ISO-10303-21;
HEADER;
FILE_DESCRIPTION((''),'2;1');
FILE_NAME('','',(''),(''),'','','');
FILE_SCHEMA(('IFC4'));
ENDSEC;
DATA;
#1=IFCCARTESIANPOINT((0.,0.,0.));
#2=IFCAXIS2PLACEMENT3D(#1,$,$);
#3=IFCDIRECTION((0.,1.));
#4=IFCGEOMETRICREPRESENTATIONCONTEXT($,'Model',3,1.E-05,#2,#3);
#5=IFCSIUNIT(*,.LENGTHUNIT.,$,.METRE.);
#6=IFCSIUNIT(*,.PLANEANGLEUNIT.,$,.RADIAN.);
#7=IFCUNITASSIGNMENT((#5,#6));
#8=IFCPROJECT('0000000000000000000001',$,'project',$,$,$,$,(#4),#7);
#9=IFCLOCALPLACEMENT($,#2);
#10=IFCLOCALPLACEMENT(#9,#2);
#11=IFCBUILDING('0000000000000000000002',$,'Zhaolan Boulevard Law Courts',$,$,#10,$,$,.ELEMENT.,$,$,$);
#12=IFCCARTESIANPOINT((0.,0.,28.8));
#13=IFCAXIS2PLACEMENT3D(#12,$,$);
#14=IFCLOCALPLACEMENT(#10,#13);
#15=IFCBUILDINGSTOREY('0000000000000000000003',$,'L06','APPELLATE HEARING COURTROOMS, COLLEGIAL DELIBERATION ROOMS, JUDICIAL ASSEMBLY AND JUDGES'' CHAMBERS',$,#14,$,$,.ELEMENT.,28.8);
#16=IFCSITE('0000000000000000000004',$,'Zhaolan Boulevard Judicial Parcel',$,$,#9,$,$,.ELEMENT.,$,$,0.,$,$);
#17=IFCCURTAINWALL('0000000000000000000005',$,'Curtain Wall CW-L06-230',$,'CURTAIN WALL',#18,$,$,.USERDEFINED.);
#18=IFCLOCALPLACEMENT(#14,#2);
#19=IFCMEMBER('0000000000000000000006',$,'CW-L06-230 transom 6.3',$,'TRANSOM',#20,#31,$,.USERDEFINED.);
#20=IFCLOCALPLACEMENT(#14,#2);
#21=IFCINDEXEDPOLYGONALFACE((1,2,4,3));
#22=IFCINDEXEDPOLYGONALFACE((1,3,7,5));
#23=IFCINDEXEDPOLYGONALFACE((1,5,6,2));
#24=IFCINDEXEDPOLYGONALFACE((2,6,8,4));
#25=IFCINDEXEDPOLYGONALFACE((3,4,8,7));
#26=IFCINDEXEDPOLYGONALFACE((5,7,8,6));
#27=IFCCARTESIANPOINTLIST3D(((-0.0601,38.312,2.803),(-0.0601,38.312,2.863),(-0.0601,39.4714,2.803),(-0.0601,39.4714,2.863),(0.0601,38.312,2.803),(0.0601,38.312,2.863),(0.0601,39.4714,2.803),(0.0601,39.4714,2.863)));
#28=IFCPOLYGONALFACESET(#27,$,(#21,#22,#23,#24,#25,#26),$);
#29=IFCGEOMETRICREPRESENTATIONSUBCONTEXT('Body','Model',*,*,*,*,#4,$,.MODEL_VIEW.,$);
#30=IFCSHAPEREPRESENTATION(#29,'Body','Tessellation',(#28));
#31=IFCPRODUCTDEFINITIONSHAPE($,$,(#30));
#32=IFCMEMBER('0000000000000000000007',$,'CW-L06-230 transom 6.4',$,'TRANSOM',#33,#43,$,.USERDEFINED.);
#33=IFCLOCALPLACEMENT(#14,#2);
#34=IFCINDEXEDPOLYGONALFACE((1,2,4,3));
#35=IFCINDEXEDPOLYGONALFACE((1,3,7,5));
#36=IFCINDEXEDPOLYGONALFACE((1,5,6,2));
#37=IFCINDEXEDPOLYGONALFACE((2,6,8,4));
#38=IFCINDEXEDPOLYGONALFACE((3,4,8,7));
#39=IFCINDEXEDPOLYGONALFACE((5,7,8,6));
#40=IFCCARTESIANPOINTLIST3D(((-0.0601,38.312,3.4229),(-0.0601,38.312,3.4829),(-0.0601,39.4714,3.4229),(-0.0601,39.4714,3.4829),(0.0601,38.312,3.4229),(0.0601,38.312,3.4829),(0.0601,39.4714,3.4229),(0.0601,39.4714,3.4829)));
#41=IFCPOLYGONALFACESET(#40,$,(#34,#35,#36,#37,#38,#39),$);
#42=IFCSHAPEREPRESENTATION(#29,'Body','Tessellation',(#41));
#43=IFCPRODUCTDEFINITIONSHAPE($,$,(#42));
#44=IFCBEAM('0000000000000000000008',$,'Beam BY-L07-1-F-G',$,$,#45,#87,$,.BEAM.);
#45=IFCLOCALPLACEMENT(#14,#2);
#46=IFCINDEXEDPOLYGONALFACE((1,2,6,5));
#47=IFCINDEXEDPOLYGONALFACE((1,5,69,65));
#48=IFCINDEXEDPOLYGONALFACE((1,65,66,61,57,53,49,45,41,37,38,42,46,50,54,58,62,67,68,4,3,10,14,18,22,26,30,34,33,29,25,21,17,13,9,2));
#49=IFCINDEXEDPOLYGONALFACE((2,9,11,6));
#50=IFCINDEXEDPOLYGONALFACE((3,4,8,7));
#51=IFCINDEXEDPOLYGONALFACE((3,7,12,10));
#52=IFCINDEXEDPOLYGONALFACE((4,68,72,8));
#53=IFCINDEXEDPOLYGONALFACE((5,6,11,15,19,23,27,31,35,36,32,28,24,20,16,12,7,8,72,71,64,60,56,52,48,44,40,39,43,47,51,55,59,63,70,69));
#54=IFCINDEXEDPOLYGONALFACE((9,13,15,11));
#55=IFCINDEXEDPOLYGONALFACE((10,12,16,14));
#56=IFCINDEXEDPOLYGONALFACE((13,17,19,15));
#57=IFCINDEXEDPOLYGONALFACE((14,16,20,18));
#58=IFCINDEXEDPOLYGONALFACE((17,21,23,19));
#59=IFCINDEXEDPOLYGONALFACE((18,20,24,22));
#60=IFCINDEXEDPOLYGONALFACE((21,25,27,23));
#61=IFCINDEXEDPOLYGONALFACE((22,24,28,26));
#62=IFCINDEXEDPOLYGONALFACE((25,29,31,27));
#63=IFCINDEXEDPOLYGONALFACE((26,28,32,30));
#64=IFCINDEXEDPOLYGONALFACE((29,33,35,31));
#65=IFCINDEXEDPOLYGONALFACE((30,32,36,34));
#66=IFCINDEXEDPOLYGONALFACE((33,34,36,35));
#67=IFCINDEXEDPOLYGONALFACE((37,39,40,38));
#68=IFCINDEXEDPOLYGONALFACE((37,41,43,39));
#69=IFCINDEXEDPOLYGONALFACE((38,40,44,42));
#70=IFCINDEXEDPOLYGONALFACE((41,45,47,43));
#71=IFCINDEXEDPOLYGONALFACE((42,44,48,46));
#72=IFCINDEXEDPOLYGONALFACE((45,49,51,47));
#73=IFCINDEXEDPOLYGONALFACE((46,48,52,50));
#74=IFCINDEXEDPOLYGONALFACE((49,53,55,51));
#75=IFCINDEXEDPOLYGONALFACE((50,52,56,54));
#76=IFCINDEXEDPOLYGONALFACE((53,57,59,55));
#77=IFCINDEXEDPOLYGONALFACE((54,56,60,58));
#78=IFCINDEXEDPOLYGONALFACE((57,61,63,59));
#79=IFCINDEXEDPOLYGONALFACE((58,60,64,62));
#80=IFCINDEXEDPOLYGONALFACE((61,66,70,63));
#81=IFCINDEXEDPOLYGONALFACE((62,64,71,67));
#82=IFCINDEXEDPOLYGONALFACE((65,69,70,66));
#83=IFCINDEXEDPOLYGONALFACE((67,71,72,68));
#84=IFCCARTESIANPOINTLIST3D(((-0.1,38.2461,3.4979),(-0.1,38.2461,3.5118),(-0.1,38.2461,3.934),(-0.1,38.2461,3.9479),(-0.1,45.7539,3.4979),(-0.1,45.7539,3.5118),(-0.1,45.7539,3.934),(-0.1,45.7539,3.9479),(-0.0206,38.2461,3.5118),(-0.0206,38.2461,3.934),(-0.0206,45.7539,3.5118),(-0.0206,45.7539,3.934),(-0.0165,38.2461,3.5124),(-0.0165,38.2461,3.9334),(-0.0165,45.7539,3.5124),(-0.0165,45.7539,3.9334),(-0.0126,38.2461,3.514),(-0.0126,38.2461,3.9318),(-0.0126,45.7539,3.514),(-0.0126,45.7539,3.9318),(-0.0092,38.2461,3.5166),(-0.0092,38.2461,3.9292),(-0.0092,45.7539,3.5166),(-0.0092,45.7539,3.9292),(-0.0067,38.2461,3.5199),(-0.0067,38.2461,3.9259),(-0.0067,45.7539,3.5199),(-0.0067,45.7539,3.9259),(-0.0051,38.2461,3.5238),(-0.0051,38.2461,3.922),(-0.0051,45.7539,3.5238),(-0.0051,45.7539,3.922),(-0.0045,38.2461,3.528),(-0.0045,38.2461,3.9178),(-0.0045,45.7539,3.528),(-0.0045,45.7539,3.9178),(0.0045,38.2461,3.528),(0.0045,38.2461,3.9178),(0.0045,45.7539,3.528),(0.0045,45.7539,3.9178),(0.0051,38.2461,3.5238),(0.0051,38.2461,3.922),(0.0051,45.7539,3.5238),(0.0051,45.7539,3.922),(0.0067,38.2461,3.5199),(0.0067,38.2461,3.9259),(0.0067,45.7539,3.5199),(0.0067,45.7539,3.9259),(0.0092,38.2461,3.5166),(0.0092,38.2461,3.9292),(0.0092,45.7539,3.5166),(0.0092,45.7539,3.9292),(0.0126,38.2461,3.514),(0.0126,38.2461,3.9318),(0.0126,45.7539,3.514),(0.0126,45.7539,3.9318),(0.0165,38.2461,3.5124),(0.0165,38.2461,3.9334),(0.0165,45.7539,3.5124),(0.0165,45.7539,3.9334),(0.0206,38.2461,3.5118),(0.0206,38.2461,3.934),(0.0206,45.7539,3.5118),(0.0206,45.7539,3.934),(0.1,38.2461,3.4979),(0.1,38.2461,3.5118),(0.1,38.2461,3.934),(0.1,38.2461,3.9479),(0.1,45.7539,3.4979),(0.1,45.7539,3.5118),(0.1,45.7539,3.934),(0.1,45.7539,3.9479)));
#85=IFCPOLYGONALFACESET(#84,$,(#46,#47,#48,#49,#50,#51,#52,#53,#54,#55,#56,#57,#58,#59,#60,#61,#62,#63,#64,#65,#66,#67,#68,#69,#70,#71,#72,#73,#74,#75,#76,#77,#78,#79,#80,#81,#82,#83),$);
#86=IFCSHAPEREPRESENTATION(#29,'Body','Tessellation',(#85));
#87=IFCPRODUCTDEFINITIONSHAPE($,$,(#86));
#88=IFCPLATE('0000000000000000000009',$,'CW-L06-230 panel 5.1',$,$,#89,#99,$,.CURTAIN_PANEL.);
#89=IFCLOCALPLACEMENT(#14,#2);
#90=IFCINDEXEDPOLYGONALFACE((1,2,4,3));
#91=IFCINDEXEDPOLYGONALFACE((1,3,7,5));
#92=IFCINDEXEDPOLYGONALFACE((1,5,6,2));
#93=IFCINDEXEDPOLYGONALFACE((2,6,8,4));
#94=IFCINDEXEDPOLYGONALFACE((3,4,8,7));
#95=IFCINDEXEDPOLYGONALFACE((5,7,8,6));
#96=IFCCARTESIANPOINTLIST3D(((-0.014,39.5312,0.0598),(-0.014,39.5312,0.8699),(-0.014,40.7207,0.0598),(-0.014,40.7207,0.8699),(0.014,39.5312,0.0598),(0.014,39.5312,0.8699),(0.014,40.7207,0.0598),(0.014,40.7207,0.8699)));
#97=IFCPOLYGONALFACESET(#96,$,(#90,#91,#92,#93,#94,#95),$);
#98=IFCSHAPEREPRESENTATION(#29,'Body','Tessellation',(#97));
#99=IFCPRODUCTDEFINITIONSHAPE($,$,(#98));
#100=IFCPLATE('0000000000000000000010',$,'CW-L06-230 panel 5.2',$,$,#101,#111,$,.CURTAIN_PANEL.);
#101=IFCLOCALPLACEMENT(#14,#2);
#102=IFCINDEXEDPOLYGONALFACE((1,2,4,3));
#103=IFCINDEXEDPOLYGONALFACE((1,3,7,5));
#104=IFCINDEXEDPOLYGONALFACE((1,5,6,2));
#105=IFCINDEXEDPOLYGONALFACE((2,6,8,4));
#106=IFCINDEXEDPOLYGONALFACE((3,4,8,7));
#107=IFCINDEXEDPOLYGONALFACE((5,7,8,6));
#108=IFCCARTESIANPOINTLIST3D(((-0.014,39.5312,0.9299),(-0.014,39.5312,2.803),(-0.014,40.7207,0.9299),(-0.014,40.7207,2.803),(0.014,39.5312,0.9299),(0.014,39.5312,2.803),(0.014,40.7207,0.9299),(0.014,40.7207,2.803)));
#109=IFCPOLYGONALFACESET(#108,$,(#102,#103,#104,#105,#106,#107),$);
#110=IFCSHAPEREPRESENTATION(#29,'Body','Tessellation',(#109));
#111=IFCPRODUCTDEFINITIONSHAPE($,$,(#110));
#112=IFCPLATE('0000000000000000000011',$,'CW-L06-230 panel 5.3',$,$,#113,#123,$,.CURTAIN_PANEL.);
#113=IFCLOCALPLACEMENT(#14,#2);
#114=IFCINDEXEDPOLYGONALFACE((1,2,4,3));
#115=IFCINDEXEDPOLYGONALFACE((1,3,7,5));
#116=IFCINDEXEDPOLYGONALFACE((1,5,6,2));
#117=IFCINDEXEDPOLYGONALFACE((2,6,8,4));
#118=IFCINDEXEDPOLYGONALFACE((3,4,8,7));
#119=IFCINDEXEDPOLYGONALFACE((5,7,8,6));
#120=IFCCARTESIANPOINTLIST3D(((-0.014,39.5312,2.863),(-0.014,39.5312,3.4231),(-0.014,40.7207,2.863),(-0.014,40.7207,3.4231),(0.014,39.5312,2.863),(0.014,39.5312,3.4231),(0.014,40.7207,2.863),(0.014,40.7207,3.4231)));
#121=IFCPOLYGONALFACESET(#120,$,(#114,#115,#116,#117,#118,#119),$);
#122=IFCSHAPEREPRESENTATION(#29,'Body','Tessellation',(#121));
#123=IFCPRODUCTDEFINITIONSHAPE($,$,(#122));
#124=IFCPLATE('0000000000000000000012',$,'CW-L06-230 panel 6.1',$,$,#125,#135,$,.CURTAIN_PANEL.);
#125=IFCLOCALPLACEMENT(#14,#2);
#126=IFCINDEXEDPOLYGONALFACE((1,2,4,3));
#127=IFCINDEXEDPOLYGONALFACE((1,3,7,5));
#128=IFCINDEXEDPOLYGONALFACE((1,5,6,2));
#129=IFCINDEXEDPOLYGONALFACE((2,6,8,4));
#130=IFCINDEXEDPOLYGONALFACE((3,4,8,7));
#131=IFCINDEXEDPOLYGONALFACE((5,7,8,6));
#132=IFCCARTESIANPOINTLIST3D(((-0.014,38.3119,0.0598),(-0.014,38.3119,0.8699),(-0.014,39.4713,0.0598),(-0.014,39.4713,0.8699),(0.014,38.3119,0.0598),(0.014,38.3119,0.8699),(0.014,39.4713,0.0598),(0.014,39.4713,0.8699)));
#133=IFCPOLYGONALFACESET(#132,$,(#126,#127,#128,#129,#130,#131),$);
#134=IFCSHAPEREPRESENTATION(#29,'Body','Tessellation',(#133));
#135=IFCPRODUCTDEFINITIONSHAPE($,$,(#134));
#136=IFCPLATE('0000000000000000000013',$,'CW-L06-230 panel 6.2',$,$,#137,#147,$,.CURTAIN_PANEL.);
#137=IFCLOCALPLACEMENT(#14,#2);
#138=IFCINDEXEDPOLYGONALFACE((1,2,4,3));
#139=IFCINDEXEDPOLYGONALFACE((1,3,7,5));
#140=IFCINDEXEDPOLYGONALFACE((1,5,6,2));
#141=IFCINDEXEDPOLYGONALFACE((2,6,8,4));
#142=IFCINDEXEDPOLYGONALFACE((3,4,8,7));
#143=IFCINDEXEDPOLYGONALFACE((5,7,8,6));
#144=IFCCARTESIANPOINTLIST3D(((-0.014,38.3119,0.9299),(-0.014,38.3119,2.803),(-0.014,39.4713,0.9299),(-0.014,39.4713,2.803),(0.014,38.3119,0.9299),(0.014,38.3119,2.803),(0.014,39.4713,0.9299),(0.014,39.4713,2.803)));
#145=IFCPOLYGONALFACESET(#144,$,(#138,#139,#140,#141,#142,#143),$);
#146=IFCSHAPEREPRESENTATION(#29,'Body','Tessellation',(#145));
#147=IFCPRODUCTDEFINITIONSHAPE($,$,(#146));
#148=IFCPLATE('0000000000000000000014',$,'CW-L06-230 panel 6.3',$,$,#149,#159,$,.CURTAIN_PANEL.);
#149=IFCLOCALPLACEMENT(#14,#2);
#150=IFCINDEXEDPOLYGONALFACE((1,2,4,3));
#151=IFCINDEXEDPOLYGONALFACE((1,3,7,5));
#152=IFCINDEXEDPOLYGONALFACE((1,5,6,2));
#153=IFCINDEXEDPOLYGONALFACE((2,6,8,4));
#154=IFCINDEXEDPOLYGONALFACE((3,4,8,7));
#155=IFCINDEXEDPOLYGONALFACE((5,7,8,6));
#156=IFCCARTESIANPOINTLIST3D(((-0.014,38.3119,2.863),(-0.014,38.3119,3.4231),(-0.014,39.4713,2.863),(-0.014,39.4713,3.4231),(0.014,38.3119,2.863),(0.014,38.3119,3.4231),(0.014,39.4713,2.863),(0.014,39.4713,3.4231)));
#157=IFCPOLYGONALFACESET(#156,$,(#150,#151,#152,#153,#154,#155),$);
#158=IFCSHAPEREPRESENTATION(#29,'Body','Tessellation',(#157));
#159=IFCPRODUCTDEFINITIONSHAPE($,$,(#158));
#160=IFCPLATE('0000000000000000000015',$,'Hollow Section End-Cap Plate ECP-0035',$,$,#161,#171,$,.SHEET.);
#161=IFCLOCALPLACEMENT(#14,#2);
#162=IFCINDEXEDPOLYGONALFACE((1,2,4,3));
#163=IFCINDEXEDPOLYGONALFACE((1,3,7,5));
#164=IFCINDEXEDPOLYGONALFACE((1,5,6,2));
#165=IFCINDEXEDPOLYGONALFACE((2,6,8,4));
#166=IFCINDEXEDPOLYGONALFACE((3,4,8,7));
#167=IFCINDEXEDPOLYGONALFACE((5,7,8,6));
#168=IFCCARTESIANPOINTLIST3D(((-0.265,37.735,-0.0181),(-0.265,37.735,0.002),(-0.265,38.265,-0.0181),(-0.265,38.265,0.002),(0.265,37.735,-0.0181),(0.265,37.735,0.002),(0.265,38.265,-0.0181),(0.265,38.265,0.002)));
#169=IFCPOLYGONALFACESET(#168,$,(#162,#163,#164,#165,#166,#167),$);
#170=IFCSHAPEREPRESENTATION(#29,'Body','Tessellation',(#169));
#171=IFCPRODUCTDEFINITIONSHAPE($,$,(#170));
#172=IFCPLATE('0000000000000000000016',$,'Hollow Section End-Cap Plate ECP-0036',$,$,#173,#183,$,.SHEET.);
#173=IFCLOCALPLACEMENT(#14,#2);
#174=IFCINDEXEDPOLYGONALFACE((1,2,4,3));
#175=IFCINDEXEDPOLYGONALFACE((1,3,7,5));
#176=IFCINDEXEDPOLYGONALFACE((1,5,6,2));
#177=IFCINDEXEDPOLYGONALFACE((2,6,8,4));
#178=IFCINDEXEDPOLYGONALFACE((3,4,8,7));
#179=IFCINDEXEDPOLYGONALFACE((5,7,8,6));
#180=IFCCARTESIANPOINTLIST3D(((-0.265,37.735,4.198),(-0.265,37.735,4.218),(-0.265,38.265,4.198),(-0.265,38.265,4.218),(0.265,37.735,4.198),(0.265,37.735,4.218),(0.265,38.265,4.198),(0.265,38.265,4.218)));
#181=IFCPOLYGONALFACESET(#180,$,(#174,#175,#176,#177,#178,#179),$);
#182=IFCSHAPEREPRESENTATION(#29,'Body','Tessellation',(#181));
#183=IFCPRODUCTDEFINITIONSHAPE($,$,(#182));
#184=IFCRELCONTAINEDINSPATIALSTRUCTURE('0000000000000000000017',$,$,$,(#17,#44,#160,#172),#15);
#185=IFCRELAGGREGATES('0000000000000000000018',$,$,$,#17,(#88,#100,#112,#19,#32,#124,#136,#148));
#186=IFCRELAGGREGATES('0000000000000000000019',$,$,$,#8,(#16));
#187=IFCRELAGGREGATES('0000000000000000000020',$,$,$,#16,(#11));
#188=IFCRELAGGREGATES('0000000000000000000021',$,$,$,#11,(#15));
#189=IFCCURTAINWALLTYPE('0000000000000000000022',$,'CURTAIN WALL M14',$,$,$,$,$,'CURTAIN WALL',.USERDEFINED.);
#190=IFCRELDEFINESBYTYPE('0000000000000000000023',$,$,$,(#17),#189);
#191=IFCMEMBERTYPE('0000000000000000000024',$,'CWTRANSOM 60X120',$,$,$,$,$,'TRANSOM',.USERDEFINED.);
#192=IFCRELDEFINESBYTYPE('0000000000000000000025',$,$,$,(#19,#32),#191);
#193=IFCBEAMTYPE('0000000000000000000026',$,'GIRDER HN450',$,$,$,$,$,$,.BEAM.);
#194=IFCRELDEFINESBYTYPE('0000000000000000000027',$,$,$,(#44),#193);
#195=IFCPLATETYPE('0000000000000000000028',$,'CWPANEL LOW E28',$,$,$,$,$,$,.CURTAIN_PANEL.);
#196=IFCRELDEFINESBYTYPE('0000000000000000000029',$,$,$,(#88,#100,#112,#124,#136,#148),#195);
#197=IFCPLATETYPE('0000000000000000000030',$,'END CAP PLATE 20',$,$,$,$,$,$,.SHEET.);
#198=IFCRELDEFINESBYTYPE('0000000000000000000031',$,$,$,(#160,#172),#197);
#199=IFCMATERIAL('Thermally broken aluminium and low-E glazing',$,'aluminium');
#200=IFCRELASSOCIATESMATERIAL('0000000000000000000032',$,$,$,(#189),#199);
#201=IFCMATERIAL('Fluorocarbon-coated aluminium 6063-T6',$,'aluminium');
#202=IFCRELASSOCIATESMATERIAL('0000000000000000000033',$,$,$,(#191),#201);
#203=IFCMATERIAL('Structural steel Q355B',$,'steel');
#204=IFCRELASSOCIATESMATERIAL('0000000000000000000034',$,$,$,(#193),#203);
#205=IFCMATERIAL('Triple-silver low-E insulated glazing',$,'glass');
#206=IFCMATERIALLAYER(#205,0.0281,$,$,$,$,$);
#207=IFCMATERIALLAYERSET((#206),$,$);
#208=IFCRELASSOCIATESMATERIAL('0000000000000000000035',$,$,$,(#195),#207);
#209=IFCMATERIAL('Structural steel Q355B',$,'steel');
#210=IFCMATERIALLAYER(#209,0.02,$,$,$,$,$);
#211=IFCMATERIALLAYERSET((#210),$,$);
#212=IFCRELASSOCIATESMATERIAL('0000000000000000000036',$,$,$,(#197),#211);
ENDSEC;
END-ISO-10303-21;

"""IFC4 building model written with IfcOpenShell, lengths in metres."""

from ifc_helpers import new_model, si_unit, direction, frame, origin, origin_2d, place, context, subcontext, project, spatial, rectangle, i_section, extrude, material, layer, layer_set, material_profile, profile_set, type_object, element, aggregate, save


model = new_model("IFC4")

# Units and contexts
model_context = context("Model", 3, precision=1e-05, world=origin(), true_north=direction((0.0, 1.0)))
body_context = subcontext(model_context, "Body", "Model", "MODEL_VIEW")
ifc_project = project(units=[si_unit("LENGTHUNIT", "METRE"), si_unit("PLANEANGLEUNIT", "RADIAN")], contexts=[model_context])

# Site, building, storey
site_placement = place(None, origin())
site = spatial("IfcSite", under=ifc_project, at=site_placement, Name="Zhaolan Boulevard Judicial Parcel", CompositionType="ELEMENT", RefElevation=0.0)
building_placement = place(site_placement, origin())
building = spatial("IfcBuilding", under=site, at=building_placement, Name="Zhaolan Boulevard Law Courts", CompositionType="ELEMENT")
storey_placement = place(building_placement, frame((0.0, 0.0, 28.8)))
storey = spatial("IfcBuildingStorey", under=building, at=storey_placement, Name="L06", Description="APPELLATE HEARING COURTROOMS, COLLEGIAL DELIBERATION ROOMS, JUDICIAL ASSEMBLY AND JUDGES' CHAMBERS", CompositionType="ELEMENT", Elevation=28.8)

# Curtain wall
ifc_material_1 = material(Name="Thermally broken aluminium and low-E glazing", Category="aluminium")
curtain_wall_type_1 = type_object("IfcCurtainWallType", Name="CURTAIN WALL M14", ElementType="CURTAIN WALL", PredefinedType="USERDEFINED", material=ifc_material_1)
curtain_wall_1_placement = place(storey_placement, origin())
curtain_wall_1 = element("IfcCurtainWall", 1, at=curtain_wall_1_placement, inside=storey, type_object=curtain_wall_type_1, Name="Curtain Wall CW-L06-230", ObjectType="CURTAIN WALL", PredefinedType="USERDEFINED")

# Members
ifc_material_2 = material(Name="Fluorocarbon-coated aluminium 6063-T6", Category="aluminium")
ifc_material_profile_1 = material_profile(ifc_material_2, rectangle(XDim=0.1201, YDim=0.0601, at=origin_2d()), Name="AL60x120")
ifc_profile_set_1 = profile_set([ifc_material_profile_1], Name="Fluorocarbon-coated aluminium 6063-T6")
member_type_1 = type_object("IfcMemberType", Name="CWTRANSOM 60X120", ElementType="TRANSOM", PredefinedType="USERDEFINED", material=ifc_profile_set_1)
member_1_placement = place(storey_placement, frame((0.0, 39.4714, 2.833), z_axis=(0.0, -1.0, 0.0), x_axis=(1.0, 0.0, 0.0)))
member_1 = element("IfcMember", 2, at=member_1_placement, type_object=member_type_1, Name="CW-L06-230 transom 6.3", ObjectType="TRANSOM", PredefinedType="USERDEFINED", context=body_context, shape_type="SweptSolid", body=[
    extrude(rectangle(XDim=0.1201, YDim=0.0601, at=origin_2d()), origin(), (0.0, 0.0, 1.0), 1.1594),
])
member_2_placement = place(storey_placement, frame((0.0, 39.4714, 3.4529), z_axis=(0.0, -1.0, 0.0), x_axis=(1.0, 0.0, 0.0)))
member_2 = element("IfcMember", 3, at=member_2_placement, type_object=member_type_1, Name="CW-L06-230 transom 6.4", ObjectType="TRANSOM", PredefinedType="USERDEFINED", context=body_context, shape_type="SweptSolid", body=[
    extrude(rectangle(XDim=0.1201, YDim=0.0601, at=origin_2d()), origin(), (0.0, 0.0, 1.0), 1.1594),
])

# Beam
ifc_material_3 = material(Name="Structural steel Q355B", Category="steel")
ifc_material_profile_2 = material_profile(ifc_material_3, i_section(OverallWidth=0.2, OverallDepth=0.45, WebThickness=0.009, FlangeThickness=0.0139, FilletRadius=0.0161, at=origin_2d()), Name="HN450x200")
ifc_profile_set_2 = profile_set([ifc_material_profile_2], Name="Structural steel Q355B")
beam_type = type_object("IfcBeamType", Name="GIRDER HN450", PredefinedType="BEAM", material=ifc_profile_set_2)
beam_placement = place(storey_placement, frame((0.0, 38.2461, 3.7229), z_axis=(0.0, 1.0, 0.0), x_axis=(-1.0, 0.0, 0.0)))
element("IfcBeam", 4, at=beam_placement, inside=storey, type_object=beam_type, Name="Beam BY-L07-1-F-G", PredefinedType="BEAM", context=body_context, shape_type="SweptSolid", body=[
    extrude(i_section(OverallWidth=0.2, OverallDepth=0.45, WebThickness=0.009, FlangeThickness=0.0139, FilletRadius=0.0161, at=origin_2d()), origin(), (0.0, 0.0, 1.0), 7.5078),
])

# Plates
ifc_material_4 = material(Name="Triple-silver low-E insulated glazing", Category="glass")
ifc_layer_1 = layer(ifc_material_4, 0.0281)
ifc_layer_set_1 = layer_set([ifc_layer_1])
plate_type_1 = type_object("IfcPlateType", Name="CWPANEL LOW E28", PredefinedType="CURTAIN_PANEL", material=ifc_layer_set_1)
plate_1_placement = place(storey_placement, frame((0.0, 40.126, 0.0598), z_axis=(0.0, 0.0, 1.0), x_axis=(0.0, -1.0, 0.0)))
plate_1 = element("IfcPlate", 5, at=plate_1_placement, type_object=plate_type_1, Name="CW-L06-230 panel 5.1", PredefinedType="CURTAIN_PANEL", context=body_context, shape_type="SweptSolid", body=[
    extrude(rectangle(XDim=1.1895, YDim=0.0281, at=origin_2d()), origin(), (0.0, 0.0, 1.0), 0.8101),
])
plate_2_placement = place(storey_placement, frame((0.0, 40.126, 0.9299), z_axis=(0.0, 0.0, 1.0), x_axis=(0.0, -1.0, 0.0)))
plate_2 = element("IfcPlate", 6, at=plate_2_placement, type_object=plate_type_1, Name="CW-L06-230 panel 5.2", PredefinedType="CURTAIN_PANEL", context=body_context, shape_type="SweptSolid", body=[
    extrude(rectangle(XDim=1.1895, YDim=0.0281, at=origin_2d()), origin(), (0.0, 0.0, 1.0), 1.873),
])
plate_3_placement = place(storey_placement, frame((0.0, 40.126, 2.863), z_axis=(0.0, 0.0, 1.0), x_axis=(0.0, -1.0, 0.0)))
plate_3 = element("IfcPlate", 7, at=plate_3_placement, type_object=plate_type_1, Name="CW-L06-230 panel 5.3", PredefinedType="CURTAIN_PANEL", context=body_context, shape_type="SweptSolid", body=[
    extrude(rectangle(XDim=1.1895, YDim=0.0281, at=origin_2d()), origin(), (0.0, 0.0, 1.0), 0.5601),
])
plate_4_placement = place(storey_placement, frame((0.0, 38.8916, 0.0598), z_axis=(0.0, 0.0, 1.0), x_axis=(0.0, -1.0, 0.0)))
plate_4 = element("IfcPlate", 8, at=plate_4_placement, type_object=plate_type_1, Name="CW-L06-230 panel 6.1", PredefinedType="CURTAIN_PANEL", context=body_context, shape_type="SweptSolid", body=[
    extrude(rectangle(XDim=1.1594, YDim=0.0281, at=origin_2d()), origin(), (0.0, 0.0, 1.0), 0.8101),
])
plate_5_placement = place(storey_placement, frame((0.0, 38.8916, 0.9299), z_axis=(0.0, 0.0, 1.0), x_axis=(0.0, -1.0, 0.0)))
plate_5 = element("IfcPlate", 9, at=plate_5_placement, type_object=plate_type_1, Name="CW-L06-230 panel 6.2", PredefinedType="CURTAIN_PANEL", context=body_context, shape_type="SweptSolid", body=[
    extrude(rectangle(XDim=1.1594, YDim=0.0281, at=origin_2d()), origin(), (0.0, 0.0, 1.0), 1.873),
])
plate_6_placement = place(storey_placement, frame((0.0, 38.8916, 2.863), z_axis=(0.0, 0.0, 1.0), x_axis=(0.0, -1.0, 0.0)))
plate_6 = element("IfcPlate", 10, at=plate_6_placement, type_object=plate_type_1, Name="CW-L06-230 panel 6.3", PredefinedType="CURTAIN_PANEL", context=body_context, shape_type="SweptSolid", body=[
    extrude(rectangle(XDim=1.1594, YDim=0.0281, at=origin_2d()), origin(), (0.0, 0.0, 1.0), 0.5601),
])
aggregate(curtain_wall_1, [plate_1, plate_2, plate_3, member_1, member_2, plate_4, plate_5, plate_6])

# Plates
ifc_material_5 = material(Name="Structural steel Q355B", Category="steel")
ifc_layer_2 = layer(ifc_material_5, 0.02)
ifc_layer_set_2 = layer_set([ifc_layer_2])
plate_type_2 = type_object("IfcPlateType", Name="END CAP PLATE 20", PredefinedType="SHEET", material=ifc_layer_set_2)
for number, where, z_axis, x_axis, name in (
    (11, (0.0, 38.0, -0.0181), (0.0, 0.0, 1.0), (1.0, 0.0, 0.0), "Hollow Section End-Cap Plate ECP-0035"),
    (12, (0.0, 38.0, 4.198), (0.0, 0.0, 1.0), (1.0, 0.0, 0.0), "Hollow Section End-Cap Plate ECP-0036"),
):
    element("IfcPlate", number, at=place(storey_placement, frame(where, z_axis=z_axis, x_axis=x_axis)), inside=storey, type_object=plate_type_2, Name=name, PredefinedType="SHEET", context=body_context, shape_type="SweptSolid", body=[
        extrude(rectangle(XDim=0.53, YDim=0.53, at=origin_2d()), origin(), (0.0, 0.0, 1.0), 0.02),
    ])

save(model, "model.ifc")
